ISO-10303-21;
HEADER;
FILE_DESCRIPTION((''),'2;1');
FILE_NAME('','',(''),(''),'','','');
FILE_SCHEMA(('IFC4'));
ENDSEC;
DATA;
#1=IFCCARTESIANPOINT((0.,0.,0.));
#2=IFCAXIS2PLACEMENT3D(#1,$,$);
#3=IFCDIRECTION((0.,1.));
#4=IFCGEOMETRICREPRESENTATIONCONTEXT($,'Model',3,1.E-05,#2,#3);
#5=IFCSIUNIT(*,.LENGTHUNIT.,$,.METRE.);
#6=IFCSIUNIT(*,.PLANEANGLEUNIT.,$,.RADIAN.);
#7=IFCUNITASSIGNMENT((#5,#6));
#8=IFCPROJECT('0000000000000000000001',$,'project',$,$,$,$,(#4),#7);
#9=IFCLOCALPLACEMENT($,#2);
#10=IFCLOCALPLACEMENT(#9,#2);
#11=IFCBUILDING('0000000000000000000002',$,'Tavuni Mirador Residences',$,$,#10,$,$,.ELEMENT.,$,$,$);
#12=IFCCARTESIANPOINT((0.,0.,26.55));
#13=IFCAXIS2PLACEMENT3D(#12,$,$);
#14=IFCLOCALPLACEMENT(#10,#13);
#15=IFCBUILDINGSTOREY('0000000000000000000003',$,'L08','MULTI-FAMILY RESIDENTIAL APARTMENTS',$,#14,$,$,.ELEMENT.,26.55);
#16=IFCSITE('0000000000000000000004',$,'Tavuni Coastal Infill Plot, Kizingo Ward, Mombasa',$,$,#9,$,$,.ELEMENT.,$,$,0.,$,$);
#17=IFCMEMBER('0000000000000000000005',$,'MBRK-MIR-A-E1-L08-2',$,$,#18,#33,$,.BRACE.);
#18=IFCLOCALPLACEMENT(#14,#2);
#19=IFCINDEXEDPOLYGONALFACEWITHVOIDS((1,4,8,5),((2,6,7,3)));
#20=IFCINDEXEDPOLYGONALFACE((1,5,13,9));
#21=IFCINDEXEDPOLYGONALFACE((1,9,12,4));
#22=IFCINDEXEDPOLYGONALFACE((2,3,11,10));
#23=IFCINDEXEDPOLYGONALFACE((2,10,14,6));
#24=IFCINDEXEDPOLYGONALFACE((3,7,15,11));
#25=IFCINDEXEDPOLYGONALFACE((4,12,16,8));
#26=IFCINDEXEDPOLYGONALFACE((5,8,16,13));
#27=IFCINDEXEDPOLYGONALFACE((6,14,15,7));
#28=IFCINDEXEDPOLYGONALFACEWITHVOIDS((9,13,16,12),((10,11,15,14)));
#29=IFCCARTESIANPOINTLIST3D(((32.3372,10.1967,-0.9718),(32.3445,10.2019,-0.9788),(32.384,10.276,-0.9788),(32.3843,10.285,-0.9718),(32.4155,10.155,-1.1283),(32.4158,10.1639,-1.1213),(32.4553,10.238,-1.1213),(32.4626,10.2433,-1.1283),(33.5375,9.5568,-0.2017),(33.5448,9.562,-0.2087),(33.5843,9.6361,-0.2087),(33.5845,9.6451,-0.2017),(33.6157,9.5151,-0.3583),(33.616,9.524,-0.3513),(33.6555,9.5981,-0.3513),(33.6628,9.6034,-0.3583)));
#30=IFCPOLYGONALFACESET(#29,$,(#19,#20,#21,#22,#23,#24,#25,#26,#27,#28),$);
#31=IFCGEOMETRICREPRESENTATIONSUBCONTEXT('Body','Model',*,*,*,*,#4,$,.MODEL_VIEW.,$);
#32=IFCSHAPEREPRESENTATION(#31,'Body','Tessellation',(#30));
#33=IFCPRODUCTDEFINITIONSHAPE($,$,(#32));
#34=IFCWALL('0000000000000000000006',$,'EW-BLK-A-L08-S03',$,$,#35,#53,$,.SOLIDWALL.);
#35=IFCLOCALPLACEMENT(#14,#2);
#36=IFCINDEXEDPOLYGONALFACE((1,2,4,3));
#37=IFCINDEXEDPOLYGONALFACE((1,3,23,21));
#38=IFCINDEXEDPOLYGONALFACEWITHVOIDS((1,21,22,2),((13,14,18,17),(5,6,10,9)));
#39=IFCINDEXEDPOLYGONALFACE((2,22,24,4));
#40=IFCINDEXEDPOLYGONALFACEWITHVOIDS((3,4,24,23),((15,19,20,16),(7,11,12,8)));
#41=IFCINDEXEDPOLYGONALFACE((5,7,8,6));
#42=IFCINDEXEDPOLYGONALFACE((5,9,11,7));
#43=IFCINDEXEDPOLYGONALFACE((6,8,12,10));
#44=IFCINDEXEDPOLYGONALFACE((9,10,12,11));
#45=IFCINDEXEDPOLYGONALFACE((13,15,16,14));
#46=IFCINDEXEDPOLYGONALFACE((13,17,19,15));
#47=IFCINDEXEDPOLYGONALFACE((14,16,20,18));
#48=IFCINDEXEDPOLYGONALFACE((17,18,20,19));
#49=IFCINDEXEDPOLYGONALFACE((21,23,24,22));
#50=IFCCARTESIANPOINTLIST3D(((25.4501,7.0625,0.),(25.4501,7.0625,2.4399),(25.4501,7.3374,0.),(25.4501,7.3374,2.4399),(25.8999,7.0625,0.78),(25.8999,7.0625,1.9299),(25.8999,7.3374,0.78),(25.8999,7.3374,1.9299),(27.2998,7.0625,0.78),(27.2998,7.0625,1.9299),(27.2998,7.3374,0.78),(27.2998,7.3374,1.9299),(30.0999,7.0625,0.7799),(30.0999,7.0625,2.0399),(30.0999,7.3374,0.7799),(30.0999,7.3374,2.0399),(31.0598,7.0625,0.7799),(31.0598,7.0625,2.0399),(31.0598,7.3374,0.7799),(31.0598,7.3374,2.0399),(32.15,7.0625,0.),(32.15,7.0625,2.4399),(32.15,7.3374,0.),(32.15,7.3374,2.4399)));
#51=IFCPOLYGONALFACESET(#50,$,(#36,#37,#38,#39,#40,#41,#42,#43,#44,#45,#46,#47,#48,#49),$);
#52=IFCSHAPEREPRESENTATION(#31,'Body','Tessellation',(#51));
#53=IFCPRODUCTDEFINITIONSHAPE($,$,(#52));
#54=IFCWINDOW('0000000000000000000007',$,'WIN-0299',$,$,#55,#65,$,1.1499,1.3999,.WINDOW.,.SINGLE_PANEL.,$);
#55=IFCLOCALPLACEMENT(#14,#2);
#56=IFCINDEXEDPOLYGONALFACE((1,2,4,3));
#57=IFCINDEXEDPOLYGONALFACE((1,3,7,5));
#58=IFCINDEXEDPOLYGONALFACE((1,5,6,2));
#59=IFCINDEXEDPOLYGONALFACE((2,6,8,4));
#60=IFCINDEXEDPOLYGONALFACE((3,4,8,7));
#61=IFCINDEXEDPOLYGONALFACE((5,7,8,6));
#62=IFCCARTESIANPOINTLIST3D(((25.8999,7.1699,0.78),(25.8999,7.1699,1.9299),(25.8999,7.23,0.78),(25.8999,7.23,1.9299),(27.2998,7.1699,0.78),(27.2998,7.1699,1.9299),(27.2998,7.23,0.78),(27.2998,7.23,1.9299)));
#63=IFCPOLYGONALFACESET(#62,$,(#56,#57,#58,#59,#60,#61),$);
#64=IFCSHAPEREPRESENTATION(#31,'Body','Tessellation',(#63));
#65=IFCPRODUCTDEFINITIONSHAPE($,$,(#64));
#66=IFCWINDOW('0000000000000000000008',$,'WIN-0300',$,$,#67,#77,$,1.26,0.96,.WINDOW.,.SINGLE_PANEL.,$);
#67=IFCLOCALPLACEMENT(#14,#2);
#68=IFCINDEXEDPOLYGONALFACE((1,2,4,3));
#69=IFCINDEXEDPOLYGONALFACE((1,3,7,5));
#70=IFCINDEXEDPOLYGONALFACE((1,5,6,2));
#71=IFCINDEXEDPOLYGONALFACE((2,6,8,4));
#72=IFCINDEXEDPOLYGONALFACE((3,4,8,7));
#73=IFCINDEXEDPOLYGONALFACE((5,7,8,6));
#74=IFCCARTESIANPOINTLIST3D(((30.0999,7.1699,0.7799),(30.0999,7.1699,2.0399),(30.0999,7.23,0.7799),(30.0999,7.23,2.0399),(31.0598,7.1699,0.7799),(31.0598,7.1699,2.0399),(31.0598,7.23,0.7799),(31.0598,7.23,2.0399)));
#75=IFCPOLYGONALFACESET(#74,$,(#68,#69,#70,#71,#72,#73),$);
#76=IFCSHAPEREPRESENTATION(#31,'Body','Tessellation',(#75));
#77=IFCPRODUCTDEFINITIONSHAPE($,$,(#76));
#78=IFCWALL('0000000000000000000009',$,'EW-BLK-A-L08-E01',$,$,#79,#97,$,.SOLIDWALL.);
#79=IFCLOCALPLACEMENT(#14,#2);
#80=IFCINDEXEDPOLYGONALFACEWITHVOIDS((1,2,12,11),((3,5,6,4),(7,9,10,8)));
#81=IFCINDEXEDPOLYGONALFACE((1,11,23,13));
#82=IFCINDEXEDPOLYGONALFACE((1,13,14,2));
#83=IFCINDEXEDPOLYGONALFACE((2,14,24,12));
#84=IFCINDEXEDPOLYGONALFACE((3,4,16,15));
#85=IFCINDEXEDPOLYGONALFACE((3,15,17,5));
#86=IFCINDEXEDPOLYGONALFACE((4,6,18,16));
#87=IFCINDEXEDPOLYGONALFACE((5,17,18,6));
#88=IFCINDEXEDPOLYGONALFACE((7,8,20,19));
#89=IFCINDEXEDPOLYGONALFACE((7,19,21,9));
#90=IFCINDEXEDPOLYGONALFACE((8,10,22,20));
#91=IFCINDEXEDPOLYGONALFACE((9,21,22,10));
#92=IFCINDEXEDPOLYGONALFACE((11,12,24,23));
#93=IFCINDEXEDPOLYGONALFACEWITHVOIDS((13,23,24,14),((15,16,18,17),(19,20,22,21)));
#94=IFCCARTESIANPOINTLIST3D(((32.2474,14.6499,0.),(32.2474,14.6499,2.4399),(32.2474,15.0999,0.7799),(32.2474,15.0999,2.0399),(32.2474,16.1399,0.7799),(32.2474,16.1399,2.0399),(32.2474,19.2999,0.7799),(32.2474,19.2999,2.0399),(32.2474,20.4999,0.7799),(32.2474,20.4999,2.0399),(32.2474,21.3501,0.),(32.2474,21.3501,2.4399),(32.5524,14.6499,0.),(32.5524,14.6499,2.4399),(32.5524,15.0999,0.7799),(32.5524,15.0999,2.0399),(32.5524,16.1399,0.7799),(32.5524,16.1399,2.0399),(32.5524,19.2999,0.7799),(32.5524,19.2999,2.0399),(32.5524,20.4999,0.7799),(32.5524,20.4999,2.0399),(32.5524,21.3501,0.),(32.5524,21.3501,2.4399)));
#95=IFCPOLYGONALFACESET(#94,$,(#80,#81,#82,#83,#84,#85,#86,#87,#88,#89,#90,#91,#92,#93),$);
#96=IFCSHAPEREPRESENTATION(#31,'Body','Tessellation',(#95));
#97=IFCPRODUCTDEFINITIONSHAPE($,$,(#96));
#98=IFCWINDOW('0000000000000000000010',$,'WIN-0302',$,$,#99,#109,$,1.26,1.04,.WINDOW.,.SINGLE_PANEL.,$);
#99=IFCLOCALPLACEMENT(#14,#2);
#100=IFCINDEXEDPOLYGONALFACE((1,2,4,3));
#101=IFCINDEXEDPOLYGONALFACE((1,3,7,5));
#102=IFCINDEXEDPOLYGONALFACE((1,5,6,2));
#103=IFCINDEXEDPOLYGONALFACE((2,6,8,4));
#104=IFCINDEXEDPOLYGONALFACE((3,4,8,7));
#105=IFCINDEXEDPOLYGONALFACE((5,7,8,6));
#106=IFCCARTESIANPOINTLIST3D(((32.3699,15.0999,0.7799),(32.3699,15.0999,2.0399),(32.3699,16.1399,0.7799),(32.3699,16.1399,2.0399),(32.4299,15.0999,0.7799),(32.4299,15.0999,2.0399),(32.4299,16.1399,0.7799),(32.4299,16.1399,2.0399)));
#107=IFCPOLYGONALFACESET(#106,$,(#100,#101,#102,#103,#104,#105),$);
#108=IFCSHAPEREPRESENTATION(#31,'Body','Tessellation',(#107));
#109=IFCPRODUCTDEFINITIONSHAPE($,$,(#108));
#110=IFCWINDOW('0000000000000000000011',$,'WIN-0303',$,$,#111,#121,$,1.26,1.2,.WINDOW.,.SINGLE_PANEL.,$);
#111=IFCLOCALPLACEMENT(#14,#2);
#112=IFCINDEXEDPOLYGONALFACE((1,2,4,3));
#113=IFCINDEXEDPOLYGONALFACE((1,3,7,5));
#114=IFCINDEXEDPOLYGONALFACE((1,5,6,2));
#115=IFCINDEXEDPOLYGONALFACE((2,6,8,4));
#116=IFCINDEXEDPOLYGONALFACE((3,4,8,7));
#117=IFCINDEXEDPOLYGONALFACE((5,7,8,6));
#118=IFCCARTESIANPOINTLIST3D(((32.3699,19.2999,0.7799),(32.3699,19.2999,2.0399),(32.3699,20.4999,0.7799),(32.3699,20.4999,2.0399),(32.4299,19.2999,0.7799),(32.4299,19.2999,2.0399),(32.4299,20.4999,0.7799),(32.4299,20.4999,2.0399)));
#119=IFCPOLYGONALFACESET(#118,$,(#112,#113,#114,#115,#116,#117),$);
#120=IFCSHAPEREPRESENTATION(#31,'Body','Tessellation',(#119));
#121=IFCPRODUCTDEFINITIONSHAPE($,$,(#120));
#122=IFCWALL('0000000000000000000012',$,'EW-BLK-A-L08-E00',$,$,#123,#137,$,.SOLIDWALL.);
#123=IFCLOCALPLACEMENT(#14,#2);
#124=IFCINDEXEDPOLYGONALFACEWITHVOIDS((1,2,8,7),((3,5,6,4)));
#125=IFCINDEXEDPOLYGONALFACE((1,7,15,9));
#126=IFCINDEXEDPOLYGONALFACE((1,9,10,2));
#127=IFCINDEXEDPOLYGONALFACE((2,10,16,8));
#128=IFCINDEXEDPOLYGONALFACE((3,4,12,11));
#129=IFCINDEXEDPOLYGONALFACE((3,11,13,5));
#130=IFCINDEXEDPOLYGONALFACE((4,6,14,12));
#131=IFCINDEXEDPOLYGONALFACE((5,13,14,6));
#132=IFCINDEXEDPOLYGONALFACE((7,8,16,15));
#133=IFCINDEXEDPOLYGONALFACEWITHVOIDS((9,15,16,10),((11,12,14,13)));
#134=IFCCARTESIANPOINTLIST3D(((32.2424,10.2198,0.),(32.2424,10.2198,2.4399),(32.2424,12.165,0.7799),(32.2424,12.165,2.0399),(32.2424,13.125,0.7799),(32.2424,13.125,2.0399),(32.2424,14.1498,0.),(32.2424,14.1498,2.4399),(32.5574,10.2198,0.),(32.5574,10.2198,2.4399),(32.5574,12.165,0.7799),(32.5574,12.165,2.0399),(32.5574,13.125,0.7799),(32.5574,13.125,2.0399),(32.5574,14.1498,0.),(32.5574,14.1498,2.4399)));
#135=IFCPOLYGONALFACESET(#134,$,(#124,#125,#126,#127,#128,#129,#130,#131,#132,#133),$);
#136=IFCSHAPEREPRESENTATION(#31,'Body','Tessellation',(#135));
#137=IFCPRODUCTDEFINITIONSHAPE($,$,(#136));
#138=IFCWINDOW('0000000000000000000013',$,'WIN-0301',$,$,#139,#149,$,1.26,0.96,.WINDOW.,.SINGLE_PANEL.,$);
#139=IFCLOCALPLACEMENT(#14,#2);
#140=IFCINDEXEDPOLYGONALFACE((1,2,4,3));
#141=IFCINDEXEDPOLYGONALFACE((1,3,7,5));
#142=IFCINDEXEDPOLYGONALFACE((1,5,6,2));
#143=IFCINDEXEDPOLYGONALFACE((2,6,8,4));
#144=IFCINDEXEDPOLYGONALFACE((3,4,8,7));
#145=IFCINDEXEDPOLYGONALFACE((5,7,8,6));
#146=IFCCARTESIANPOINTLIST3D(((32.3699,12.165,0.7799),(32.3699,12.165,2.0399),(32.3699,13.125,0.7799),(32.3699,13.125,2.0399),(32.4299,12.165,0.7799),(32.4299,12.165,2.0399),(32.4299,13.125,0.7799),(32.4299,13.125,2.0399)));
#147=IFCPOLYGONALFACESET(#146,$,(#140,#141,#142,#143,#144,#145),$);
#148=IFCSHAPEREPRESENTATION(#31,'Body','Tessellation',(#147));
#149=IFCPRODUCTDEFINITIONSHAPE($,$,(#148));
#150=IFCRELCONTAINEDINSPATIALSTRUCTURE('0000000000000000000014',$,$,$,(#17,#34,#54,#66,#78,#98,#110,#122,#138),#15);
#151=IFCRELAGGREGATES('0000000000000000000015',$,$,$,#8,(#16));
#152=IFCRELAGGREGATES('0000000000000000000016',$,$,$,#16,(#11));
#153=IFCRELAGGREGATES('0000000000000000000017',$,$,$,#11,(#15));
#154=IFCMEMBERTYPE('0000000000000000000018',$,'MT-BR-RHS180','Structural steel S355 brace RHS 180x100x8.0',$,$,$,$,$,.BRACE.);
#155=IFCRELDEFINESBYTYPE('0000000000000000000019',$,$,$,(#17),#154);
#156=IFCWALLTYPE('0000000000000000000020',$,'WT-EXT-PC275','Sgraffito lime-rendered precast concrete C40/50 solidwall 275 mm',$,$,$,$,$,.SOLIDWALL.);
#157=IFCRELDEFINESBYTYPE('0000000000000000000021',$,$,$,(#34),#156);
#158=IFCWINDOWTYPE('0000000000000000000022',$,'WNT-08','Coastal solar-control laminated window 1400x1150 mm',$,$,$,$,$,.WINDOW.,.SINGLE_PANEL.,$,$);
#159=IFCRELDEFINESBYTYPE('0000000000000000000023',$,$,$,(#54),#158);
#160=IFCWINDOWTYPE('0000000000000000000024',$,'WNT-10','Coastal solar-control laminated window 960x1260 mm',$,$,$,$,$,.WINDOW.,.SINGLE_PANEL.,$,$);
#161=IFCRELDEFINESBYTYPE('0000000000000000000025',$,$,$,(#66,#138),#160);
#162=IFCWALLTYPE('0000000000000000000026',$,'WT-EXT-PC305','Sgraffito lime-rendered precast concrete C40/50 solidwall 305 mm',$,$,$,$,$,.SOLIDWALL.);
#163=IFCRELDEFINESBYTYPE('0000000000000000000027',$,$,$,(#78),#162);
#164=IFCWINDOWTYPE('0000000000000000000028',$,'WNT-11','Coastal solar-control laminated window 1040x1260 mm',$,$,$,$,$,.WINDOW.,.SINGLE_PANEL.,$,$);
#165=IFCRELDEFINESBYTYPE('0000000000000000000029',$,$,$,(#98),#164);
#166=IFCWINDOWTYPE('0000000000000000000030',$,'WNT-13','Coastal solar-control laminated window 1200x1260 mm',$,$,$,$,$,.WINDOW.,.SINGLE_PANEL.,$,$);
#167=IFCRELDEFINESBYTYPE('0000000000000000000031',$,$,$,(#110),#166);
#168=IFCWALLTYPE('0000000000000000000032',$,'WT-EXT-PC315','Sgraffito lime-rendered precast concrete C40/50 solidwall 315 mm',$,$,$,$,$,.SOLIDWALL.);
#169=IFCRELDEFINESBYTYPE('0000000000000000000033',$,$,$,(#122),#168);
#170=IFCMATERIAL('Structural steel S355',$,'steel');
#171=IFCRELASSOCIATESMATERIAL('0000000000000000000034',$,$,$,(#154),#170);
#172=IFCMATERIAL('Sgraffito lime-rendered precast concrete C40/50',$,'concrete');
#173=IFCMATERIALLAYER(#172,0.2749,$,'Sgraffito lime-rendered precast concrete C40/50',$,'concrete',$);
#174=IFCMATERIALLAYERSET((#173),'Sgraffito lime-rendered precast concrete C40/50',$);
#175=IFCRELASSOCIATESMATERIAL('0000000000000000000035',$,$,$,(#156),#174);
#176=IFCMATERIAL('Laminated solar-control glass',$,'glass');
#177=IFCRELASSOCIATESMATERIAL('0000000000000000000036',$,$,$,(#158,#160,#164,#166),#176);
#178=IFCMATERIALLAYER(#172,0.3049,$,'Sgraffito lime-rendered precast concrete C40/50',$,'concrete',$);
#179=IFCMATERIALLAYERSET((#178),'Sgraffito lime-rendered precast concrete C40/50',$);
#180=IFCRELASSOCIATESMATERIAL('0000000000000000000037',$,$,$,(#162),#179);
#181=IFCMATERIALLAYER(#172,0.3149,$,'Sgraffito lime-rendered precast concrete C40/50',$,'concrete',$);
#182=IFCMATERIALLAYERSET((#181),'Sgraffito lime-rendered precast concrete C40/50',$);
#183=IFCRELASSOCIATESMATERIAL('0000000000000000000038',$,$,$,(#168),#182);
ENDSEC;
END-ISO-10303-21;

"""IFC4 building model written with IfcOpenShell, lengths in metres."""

from ifc_helpers import new_model, si_unit, direction, frame, frame_2d, origin, origin_2d, place, context, subcontext, project, spatial, rectangle, hollow_rectangle, extrude, material, layer, layer_set, material_profile, profile_set, type_object, element, fill, save


model = new_model("IFC4")

# Units and contexts
model_context = context("Model", 3, precision=1e-05, world=origin(), true_north=direction((0.0, 1.0)))
body_context = subcontext(model_context, "Body", "Model", "MODEL_VIEW")
ifc_project = project(units=[si_unit("LENGTHUNIT", "METRE"), si_unit("PLANEANGLEUNIT", "RADIAN")], contexts=[model_context])

# Site, building, storey
site_placement = place(None, origin())
site = spatial("IfcSite", under=ifc_project, at=site_placement, Name="Tavuni Coastal Infill Plot, Kizingo Ward, Mombasa", CompositionType="ELEMENT", RefElevation=0.0)
building_placement = place(site_placement, origin())
building = spatial("IfcBuilding", under=site, at=building_placement, Name="Tavuni Mirador Residences", CompositionType="ELEMENT")
storey_placement = place(building_placement, frame((0.0, 0.0, 26.55)))
storey = spatial("IfcBuildingStorey", under=building, at=storey_placement, Name="L08", Description="MULTI-FAMILY RESIDENTIAL APARTMENTS", CompositionType="ELEMENT", Elevation=26.55)

# Member
ifc_material_1 = material(Name="Structural steel S355", Category="steel")
ifc_material_profile_1 = material_profile(ifc_material_1, hollow_rectangle(XDim=0.1001, YDim=0.1799, WallThickness=0.0081, at=origin_2d()), Name="RHS 180x100x8.0", Category="steel")
ifc_profile_set_1 = profile_set([ifc_material_profile_1], Name="Structural steel S355")
member_type_1 = type_object("IfcMemberType", Name="MT-BR-RHS180", Description="Structural steel S355 brace RHS 180x100x8.0", PredefinedType="BRACE", material=ifc_profile_set_1)
member_1_placement = place(storey_placement, frame((32.3999, 10.22, -1.05), z_axis=(0.767896, -0.409409, 0.492666), x_axis=(0.470467, 0.882418, 0.0)))
element("IfcMember", 1, at=member_1_placement, inside=storey, type_object=member_type_1, Name="MBRK-MIR-A-E1-L08-2", PredefinedType="BRACE", context=body_context, shape_type="SweptSolid", body=[
    extrude(hollow_rectangle(XDim=0.1001, YDim=0.1799, WallThickness=0.0081, at=origin_2d()), origin(), (0.0, 0.0, 1.0), 1.563),
])

# Walls, openings, windows
ifc_material_2 = material(Name="Sgraffito lime-rendered precast concrete C40/50", Category="concrete")
ifc_layer_1 = layer(ifc_material_2, 0.2749, Name="Sgraffito lime-rendered precast concrete C40/50", Category="concrete")
ifc_layer_set_1 = layer_set([ifc_layer_1], Name="Sgraffito lime-rendered precast concrete C40/50")
wall_type_1 = type_object("IfcWallType", Name="WT-EXT-PC275", Description="Sgraffito lime-rendered precast concrete C40/50 solidwall 275 mm", PredefinedType="SOLIDWALL", material=ifc_layer_set_1)
wall_1_placement = place(storey_placement, frame((25.45, 7.2, 0.0), z_axis=(0.0, 0.0, 1.0), x_axis=(1.0, 0.0, 0.0)))
wall_1 = element("IfcWall", 2, at=wall_1_placement, inside=storey, type_object=wall_type_1, Name="EW-BLK-A-L08-S03", PredefinedType="SOLIDWALL", context=body_context, shape_type="SweptSolid", body=[
    extrude(rectangle(XDim=6.7, YDim=0.2749, at=frame_2d((3.3501, 0.0))), origin(), (0.0, 0.0, 1.0), 2.4399),
])
opening_1_placement = place(wall_1_placement, frame((0.45, 0.0, 0.78)))
opening_1 = element("IfcOpeningElement", 3, at=opening_1_placement, cuts=wall_1, PredefinedType="OPENING", context=body_context, shape_type="SweptSolid", body=[
    extrude(rectangle(XDim=1.3999, YDim=1.1499, at=frame_2d((0.7, 0.575))), frame((0.0, 0.1475, 0.0), z_axis=(0.0, -1.0, 0.0), x_axis=(1.0, 0.0, 0.0)), (0.0, 0.0, 1.0), 0.2949),
])
opening_2_placement = place(wall_1_placement, frame((4.6499, 0.0, 0.78)))
opening_2 = element("IfcOpeningElement", 4, at=opening_2_placement, cuts=wall_1, PredefinedType="OPENING", context=body_context, shape_type="SweptSolid", body=[
    extrude(rectangle(XDim=0.96, YDim=1.26, at=frame_2d((0.48, 0.6299))), frame((0.0, 0.1475, 0.0), z_axis=(0.0, -1.0, 0.0), x_axis=(1.0, 0.0, 0.0)), (0.0, 0.0, 1.0), 0.2949),
])
ifc_material_3 = material(Name="Laminated solar-control glass", Category="glass")
window_type_1 = type_object("IfcWindowType", Name="WNT-08", Description="Coastal solar-control laminated window 1400x1150 mm", PartitioningType="SINGLE_PANEL", PredefinedType="WINDOW", material=ifc_material_3)
window_1_placement = place(opening_1_placement, origin())
window_1 = element("IfcWindow", 5, at=window_1_placement, inside=storey, type_object=window_type_1, Name="WIN-0299", OverallHeight=1.1499, OverallWidth=1.3999, PartitioningType="SINGLE_PANEL", PredefinedType="WINDOW", context=body_context, shape_type="SweptSolid", body=[
    extrude(rectangle(XDim=1.3999, YDim=1.1499, at=frame_2d((0.7, 0.575))), frame((0.0, 0.03, 0.0), z_axis=(0.0, -1.0, 0.0), x_axis=(1.0, 0.0, 0.0)), (0.0, 0.0, 1.0), 0.0601),
])
fill(opening_1, window_1)
window_type_2 = type_object("IfcWindowType", Name="WNT-10", Description="Coastal solar-control laminated window 960x1260 mm", PartitioningType="SINGLE_PANEL", PredefinedType="WINDOW", material=ifc_material_3)
window_2_placement = place(opening_2_placement, origin())
window_2 = element("IfcWindow", 6, at=window_2_placement, inside=storey, type_object=window_type_2, Name="WIN-0300", OverallHeight=1.26, OverallWidth=0.96, PartitioningType="SINGLE_PANEL", PredefinedType="WINDOW", context=body_context, shape_type="SweptSolid", body=[
    extrude(rectangle(XDim=0.96, YDim=1.26, at=frame_2d((0.48, 0.6299))), frame((0.0, 0.03, 0.0), z_axis=(0.0, -1.0, 0.0), x_axis=(1.0, 0.0, 0.0)), (0.0, 0.0, 1.0), 0.0601),
])
fill(opening_2, window_2)
ifc_layer_2 = layer(ifc_material_2, 0.3049, Name="Sgraffito lime-rendered precast concrete C40/50", Category="concrete")
ifc_layer_set_2 = layer_set([ifc_layer_2], Name="Sgraffito lime-rendered precast concrete C40/50")
wall_type_2 = type_object("IfcWallType", Name="WT-EXT-PC305", Description="Sgraffito lime-rendered precast concrete C40/50 solidwall 305 mm", PredefinedType="SOLIDWALL", material=ifc_layer_set_2)
wall_2_placement = place(storey_placement, frame((32.3999, 14.6499, 0.0), z_axis=(0.0, 0.0, 1.0), x_axis=(0.0, 1.0, 0.0)))
wall_2 = element("IfcWall", 7, at=wall_2_placement, inside=storey, type_object=wall_type_2, Name="EW-BLK-A-L08-E01", PredefinedType="SOLIDWALL", context=body_context, shape_type="SweptSolid", body=[
    extrude(rectangle(XDim=6.7002, YDim=0.3049, at=frame_2d((3.3501, 0.0))), origin(), (0.0, 0.0, 1.0), 2.4399),
])
opening_3_placement = place(wall_2_placement, frame((0.45, 0.0, 0.78)))
opening_3 = element("IfcOpeningElement", 8, at=opening_3_placement, cuts=wall_2, PredefinedType="OPENING", context=body_context, shape_type="SweptSolid", body=[
    extrude(rectangle(XDim=1.04, YDim=1.26, at=frame_2d((0.52, 0.6299))), frame((0.0, 0.1626, 0.0), z_axis=(0.0, -1.0, 0.0), x_axis=(1.0, 0.0, 0.0)), (0.0, 0.0, 1.0), 0.325),
])
opening_4_placement = place(wall_2_placement, frame((4.6499, 0.0, 0.78)))
opening_4 = element("IfcOpeningElement", 9, at=opening_4_placement, cuts=wall_2, PredefinedType="OPENING", context=body_context, shape_type="SweptSolid", body=[
    extrude(rectangle(XDim=1.2, YDim=1.26, at=frame_2d((0.6001, 0.6299))), frame((0.0, 0.1626, 0.0), z_axis=(0.0, -1.0, 0.0), x_axis=(1.0, 0.0, 0.0)), (0.0, 0.0, 1.0), 0.325),
])
window_type_3 = type_object("IfcWindowType", Name="WNT-11", Description="Coastal solar-control laminated window 1040x1260 mm", PartitioningType="SINGLE_PANEL", PredefinedType="WINDOW", material=ifc_material_3)
window_3_placement = place(opening_3_placement, origin())
window_3 = element("IfcWindow", 10, at=window_3_placement, inside=storey, type_object=window_type_3, Name="WIN-0302", OverallHeight=1.26, OverallWidth=1.04, PartitioningType="SINGLE_PANEL", PredefinedType="WINDOW", context=body_context, shape_type="SweptSolid", body=[
    extrude(rectangle(XDim=1.04, YDim=1.26, at=frame_2d((0.52, 0.6299))), frame((0.0, 0.03, 0.0), z_axis=(0.0, -1.0, 0.0), x_axis=(1.0, 0.0, 0.0)), (0.0, 0.0, 1.0), 0.0601),
])
fill(opening_3, window_3)
window_type_4 = type_object("IfcWindowType", Name="WNT-13", Description="Coastal solar-control laminated window 1200x1260 mm", PartitioningType="SINGLE_PANEL", PredefinedType="WINDOW", material=ifc_material_3)
window_4_placement = place(opening_4_placement, origin())
window_4 = element("IfcWindow", 11, at=window_4_placement, inside=storey, type_object=window_type_4, Name="WIN-0303", OverallHeight=1.26, OverallWidth=1.2, PartitioningType="SINGLE_PANEL", PredefinedType="WINDOW", context=body_context, shape_type="SweptSolid", body=[
    extrude(rectangle(XDim=1.2, YDim=1.26, at=frame_2d((0.6001, 0.6299))), frame((0.0, 0.03, 0.0), z_axis=(0.0, -1.0, 0.0), x_axis=(1.0, 0.0, 0.0)), (0.0, 0.0, 1.0), 0.0601),
])
fill(opening_4, window_4)

# Wall, opening, window
ifc_layer_3 = layer(ifc_material_2, 0.3149, Name="Sgraffito lime-rendered precast concrete C40/50", Category="concrete")
ifc_layer_set_3 = layer_set([ifc_layer_3], Name="Sgraffito lime-rendered precast concrete C40/50")
wall_type_3 = type_object("IfcWallType", Name="WT-EXT-PC315", Description="Sgraffito lime-rendered precast concrete C40/50 solidwall 315 mm", PredefinedType="SOLIDWALL", material=ifc_layer_set_3)
wall_3_placement = place(storey_placement, frame((32.3999, 10.22, 0.0), z_axis=(0.0, 0.0, 1.0), x_axis=(0.0, 1.0, 0.0)))
wall_3 = element("IfcWall", 12, at=wall_3_placement, inside=storey, type_object=wall_type_3, Name="EW-BLK-A-L08-E00", PredefinedType="SOLIDWALL", context=body_context, shape_type="SweptSolid", body=[
    extrude(rectangle(XDim=3.9299, YDim=0.3149, at=frame_2d((1.9648, 0.0))), origin(), (0.0, 0.0, 1.0), 2.4399),
])
opening_5_placement = place(wall_3_placement, frame((1.9451, 0.0, 0.78)))
opening_5 = element("IfcOpeningElement", 13, at=opening_5_placement, cuts=wall_3, PredefinedType="OPENING", context=body_context, shape_type="SweptSolid", body=[
    extrude(rectangle(XDim=0.96, YDim=1.26, at=frame_2d((0.48, 0.6299))), frame((0.0, 0.1675, 0.0), z_axis=(0.0, -1.0, 0.0), x_axis=(1.0, 0.0, 0.0)), (0.0, 0.0, 1.0), 0.335),
])
window_5_placement = place(opening_5_placement, origin())
window_5 = element("IfcWindow", 14, at=window_5_placement, inside=storey, type_object=window_type_2, Name="WIN-0301", OverallHeight=1.26, OverallWidth=0.96, PartitioningType="SINGLE_PANEL", PredefinedType="WINDOW", context=body_context, shape_type="SweptSolid", body=[
    extrude(rectangle(XDim=0.96, YDim=1.26, at=frame_2d((0.48, 0.6299))), frame((0.0, 0.03, 0.0), z_axis=(0.0, -1.0, 0.0), x_axis=(1.0, 0.0, 0.0)), (0.0, 0.0, 1.0), 0.0601),
])
fill(opening_5, window_5)

save(model, "model.ifc")
